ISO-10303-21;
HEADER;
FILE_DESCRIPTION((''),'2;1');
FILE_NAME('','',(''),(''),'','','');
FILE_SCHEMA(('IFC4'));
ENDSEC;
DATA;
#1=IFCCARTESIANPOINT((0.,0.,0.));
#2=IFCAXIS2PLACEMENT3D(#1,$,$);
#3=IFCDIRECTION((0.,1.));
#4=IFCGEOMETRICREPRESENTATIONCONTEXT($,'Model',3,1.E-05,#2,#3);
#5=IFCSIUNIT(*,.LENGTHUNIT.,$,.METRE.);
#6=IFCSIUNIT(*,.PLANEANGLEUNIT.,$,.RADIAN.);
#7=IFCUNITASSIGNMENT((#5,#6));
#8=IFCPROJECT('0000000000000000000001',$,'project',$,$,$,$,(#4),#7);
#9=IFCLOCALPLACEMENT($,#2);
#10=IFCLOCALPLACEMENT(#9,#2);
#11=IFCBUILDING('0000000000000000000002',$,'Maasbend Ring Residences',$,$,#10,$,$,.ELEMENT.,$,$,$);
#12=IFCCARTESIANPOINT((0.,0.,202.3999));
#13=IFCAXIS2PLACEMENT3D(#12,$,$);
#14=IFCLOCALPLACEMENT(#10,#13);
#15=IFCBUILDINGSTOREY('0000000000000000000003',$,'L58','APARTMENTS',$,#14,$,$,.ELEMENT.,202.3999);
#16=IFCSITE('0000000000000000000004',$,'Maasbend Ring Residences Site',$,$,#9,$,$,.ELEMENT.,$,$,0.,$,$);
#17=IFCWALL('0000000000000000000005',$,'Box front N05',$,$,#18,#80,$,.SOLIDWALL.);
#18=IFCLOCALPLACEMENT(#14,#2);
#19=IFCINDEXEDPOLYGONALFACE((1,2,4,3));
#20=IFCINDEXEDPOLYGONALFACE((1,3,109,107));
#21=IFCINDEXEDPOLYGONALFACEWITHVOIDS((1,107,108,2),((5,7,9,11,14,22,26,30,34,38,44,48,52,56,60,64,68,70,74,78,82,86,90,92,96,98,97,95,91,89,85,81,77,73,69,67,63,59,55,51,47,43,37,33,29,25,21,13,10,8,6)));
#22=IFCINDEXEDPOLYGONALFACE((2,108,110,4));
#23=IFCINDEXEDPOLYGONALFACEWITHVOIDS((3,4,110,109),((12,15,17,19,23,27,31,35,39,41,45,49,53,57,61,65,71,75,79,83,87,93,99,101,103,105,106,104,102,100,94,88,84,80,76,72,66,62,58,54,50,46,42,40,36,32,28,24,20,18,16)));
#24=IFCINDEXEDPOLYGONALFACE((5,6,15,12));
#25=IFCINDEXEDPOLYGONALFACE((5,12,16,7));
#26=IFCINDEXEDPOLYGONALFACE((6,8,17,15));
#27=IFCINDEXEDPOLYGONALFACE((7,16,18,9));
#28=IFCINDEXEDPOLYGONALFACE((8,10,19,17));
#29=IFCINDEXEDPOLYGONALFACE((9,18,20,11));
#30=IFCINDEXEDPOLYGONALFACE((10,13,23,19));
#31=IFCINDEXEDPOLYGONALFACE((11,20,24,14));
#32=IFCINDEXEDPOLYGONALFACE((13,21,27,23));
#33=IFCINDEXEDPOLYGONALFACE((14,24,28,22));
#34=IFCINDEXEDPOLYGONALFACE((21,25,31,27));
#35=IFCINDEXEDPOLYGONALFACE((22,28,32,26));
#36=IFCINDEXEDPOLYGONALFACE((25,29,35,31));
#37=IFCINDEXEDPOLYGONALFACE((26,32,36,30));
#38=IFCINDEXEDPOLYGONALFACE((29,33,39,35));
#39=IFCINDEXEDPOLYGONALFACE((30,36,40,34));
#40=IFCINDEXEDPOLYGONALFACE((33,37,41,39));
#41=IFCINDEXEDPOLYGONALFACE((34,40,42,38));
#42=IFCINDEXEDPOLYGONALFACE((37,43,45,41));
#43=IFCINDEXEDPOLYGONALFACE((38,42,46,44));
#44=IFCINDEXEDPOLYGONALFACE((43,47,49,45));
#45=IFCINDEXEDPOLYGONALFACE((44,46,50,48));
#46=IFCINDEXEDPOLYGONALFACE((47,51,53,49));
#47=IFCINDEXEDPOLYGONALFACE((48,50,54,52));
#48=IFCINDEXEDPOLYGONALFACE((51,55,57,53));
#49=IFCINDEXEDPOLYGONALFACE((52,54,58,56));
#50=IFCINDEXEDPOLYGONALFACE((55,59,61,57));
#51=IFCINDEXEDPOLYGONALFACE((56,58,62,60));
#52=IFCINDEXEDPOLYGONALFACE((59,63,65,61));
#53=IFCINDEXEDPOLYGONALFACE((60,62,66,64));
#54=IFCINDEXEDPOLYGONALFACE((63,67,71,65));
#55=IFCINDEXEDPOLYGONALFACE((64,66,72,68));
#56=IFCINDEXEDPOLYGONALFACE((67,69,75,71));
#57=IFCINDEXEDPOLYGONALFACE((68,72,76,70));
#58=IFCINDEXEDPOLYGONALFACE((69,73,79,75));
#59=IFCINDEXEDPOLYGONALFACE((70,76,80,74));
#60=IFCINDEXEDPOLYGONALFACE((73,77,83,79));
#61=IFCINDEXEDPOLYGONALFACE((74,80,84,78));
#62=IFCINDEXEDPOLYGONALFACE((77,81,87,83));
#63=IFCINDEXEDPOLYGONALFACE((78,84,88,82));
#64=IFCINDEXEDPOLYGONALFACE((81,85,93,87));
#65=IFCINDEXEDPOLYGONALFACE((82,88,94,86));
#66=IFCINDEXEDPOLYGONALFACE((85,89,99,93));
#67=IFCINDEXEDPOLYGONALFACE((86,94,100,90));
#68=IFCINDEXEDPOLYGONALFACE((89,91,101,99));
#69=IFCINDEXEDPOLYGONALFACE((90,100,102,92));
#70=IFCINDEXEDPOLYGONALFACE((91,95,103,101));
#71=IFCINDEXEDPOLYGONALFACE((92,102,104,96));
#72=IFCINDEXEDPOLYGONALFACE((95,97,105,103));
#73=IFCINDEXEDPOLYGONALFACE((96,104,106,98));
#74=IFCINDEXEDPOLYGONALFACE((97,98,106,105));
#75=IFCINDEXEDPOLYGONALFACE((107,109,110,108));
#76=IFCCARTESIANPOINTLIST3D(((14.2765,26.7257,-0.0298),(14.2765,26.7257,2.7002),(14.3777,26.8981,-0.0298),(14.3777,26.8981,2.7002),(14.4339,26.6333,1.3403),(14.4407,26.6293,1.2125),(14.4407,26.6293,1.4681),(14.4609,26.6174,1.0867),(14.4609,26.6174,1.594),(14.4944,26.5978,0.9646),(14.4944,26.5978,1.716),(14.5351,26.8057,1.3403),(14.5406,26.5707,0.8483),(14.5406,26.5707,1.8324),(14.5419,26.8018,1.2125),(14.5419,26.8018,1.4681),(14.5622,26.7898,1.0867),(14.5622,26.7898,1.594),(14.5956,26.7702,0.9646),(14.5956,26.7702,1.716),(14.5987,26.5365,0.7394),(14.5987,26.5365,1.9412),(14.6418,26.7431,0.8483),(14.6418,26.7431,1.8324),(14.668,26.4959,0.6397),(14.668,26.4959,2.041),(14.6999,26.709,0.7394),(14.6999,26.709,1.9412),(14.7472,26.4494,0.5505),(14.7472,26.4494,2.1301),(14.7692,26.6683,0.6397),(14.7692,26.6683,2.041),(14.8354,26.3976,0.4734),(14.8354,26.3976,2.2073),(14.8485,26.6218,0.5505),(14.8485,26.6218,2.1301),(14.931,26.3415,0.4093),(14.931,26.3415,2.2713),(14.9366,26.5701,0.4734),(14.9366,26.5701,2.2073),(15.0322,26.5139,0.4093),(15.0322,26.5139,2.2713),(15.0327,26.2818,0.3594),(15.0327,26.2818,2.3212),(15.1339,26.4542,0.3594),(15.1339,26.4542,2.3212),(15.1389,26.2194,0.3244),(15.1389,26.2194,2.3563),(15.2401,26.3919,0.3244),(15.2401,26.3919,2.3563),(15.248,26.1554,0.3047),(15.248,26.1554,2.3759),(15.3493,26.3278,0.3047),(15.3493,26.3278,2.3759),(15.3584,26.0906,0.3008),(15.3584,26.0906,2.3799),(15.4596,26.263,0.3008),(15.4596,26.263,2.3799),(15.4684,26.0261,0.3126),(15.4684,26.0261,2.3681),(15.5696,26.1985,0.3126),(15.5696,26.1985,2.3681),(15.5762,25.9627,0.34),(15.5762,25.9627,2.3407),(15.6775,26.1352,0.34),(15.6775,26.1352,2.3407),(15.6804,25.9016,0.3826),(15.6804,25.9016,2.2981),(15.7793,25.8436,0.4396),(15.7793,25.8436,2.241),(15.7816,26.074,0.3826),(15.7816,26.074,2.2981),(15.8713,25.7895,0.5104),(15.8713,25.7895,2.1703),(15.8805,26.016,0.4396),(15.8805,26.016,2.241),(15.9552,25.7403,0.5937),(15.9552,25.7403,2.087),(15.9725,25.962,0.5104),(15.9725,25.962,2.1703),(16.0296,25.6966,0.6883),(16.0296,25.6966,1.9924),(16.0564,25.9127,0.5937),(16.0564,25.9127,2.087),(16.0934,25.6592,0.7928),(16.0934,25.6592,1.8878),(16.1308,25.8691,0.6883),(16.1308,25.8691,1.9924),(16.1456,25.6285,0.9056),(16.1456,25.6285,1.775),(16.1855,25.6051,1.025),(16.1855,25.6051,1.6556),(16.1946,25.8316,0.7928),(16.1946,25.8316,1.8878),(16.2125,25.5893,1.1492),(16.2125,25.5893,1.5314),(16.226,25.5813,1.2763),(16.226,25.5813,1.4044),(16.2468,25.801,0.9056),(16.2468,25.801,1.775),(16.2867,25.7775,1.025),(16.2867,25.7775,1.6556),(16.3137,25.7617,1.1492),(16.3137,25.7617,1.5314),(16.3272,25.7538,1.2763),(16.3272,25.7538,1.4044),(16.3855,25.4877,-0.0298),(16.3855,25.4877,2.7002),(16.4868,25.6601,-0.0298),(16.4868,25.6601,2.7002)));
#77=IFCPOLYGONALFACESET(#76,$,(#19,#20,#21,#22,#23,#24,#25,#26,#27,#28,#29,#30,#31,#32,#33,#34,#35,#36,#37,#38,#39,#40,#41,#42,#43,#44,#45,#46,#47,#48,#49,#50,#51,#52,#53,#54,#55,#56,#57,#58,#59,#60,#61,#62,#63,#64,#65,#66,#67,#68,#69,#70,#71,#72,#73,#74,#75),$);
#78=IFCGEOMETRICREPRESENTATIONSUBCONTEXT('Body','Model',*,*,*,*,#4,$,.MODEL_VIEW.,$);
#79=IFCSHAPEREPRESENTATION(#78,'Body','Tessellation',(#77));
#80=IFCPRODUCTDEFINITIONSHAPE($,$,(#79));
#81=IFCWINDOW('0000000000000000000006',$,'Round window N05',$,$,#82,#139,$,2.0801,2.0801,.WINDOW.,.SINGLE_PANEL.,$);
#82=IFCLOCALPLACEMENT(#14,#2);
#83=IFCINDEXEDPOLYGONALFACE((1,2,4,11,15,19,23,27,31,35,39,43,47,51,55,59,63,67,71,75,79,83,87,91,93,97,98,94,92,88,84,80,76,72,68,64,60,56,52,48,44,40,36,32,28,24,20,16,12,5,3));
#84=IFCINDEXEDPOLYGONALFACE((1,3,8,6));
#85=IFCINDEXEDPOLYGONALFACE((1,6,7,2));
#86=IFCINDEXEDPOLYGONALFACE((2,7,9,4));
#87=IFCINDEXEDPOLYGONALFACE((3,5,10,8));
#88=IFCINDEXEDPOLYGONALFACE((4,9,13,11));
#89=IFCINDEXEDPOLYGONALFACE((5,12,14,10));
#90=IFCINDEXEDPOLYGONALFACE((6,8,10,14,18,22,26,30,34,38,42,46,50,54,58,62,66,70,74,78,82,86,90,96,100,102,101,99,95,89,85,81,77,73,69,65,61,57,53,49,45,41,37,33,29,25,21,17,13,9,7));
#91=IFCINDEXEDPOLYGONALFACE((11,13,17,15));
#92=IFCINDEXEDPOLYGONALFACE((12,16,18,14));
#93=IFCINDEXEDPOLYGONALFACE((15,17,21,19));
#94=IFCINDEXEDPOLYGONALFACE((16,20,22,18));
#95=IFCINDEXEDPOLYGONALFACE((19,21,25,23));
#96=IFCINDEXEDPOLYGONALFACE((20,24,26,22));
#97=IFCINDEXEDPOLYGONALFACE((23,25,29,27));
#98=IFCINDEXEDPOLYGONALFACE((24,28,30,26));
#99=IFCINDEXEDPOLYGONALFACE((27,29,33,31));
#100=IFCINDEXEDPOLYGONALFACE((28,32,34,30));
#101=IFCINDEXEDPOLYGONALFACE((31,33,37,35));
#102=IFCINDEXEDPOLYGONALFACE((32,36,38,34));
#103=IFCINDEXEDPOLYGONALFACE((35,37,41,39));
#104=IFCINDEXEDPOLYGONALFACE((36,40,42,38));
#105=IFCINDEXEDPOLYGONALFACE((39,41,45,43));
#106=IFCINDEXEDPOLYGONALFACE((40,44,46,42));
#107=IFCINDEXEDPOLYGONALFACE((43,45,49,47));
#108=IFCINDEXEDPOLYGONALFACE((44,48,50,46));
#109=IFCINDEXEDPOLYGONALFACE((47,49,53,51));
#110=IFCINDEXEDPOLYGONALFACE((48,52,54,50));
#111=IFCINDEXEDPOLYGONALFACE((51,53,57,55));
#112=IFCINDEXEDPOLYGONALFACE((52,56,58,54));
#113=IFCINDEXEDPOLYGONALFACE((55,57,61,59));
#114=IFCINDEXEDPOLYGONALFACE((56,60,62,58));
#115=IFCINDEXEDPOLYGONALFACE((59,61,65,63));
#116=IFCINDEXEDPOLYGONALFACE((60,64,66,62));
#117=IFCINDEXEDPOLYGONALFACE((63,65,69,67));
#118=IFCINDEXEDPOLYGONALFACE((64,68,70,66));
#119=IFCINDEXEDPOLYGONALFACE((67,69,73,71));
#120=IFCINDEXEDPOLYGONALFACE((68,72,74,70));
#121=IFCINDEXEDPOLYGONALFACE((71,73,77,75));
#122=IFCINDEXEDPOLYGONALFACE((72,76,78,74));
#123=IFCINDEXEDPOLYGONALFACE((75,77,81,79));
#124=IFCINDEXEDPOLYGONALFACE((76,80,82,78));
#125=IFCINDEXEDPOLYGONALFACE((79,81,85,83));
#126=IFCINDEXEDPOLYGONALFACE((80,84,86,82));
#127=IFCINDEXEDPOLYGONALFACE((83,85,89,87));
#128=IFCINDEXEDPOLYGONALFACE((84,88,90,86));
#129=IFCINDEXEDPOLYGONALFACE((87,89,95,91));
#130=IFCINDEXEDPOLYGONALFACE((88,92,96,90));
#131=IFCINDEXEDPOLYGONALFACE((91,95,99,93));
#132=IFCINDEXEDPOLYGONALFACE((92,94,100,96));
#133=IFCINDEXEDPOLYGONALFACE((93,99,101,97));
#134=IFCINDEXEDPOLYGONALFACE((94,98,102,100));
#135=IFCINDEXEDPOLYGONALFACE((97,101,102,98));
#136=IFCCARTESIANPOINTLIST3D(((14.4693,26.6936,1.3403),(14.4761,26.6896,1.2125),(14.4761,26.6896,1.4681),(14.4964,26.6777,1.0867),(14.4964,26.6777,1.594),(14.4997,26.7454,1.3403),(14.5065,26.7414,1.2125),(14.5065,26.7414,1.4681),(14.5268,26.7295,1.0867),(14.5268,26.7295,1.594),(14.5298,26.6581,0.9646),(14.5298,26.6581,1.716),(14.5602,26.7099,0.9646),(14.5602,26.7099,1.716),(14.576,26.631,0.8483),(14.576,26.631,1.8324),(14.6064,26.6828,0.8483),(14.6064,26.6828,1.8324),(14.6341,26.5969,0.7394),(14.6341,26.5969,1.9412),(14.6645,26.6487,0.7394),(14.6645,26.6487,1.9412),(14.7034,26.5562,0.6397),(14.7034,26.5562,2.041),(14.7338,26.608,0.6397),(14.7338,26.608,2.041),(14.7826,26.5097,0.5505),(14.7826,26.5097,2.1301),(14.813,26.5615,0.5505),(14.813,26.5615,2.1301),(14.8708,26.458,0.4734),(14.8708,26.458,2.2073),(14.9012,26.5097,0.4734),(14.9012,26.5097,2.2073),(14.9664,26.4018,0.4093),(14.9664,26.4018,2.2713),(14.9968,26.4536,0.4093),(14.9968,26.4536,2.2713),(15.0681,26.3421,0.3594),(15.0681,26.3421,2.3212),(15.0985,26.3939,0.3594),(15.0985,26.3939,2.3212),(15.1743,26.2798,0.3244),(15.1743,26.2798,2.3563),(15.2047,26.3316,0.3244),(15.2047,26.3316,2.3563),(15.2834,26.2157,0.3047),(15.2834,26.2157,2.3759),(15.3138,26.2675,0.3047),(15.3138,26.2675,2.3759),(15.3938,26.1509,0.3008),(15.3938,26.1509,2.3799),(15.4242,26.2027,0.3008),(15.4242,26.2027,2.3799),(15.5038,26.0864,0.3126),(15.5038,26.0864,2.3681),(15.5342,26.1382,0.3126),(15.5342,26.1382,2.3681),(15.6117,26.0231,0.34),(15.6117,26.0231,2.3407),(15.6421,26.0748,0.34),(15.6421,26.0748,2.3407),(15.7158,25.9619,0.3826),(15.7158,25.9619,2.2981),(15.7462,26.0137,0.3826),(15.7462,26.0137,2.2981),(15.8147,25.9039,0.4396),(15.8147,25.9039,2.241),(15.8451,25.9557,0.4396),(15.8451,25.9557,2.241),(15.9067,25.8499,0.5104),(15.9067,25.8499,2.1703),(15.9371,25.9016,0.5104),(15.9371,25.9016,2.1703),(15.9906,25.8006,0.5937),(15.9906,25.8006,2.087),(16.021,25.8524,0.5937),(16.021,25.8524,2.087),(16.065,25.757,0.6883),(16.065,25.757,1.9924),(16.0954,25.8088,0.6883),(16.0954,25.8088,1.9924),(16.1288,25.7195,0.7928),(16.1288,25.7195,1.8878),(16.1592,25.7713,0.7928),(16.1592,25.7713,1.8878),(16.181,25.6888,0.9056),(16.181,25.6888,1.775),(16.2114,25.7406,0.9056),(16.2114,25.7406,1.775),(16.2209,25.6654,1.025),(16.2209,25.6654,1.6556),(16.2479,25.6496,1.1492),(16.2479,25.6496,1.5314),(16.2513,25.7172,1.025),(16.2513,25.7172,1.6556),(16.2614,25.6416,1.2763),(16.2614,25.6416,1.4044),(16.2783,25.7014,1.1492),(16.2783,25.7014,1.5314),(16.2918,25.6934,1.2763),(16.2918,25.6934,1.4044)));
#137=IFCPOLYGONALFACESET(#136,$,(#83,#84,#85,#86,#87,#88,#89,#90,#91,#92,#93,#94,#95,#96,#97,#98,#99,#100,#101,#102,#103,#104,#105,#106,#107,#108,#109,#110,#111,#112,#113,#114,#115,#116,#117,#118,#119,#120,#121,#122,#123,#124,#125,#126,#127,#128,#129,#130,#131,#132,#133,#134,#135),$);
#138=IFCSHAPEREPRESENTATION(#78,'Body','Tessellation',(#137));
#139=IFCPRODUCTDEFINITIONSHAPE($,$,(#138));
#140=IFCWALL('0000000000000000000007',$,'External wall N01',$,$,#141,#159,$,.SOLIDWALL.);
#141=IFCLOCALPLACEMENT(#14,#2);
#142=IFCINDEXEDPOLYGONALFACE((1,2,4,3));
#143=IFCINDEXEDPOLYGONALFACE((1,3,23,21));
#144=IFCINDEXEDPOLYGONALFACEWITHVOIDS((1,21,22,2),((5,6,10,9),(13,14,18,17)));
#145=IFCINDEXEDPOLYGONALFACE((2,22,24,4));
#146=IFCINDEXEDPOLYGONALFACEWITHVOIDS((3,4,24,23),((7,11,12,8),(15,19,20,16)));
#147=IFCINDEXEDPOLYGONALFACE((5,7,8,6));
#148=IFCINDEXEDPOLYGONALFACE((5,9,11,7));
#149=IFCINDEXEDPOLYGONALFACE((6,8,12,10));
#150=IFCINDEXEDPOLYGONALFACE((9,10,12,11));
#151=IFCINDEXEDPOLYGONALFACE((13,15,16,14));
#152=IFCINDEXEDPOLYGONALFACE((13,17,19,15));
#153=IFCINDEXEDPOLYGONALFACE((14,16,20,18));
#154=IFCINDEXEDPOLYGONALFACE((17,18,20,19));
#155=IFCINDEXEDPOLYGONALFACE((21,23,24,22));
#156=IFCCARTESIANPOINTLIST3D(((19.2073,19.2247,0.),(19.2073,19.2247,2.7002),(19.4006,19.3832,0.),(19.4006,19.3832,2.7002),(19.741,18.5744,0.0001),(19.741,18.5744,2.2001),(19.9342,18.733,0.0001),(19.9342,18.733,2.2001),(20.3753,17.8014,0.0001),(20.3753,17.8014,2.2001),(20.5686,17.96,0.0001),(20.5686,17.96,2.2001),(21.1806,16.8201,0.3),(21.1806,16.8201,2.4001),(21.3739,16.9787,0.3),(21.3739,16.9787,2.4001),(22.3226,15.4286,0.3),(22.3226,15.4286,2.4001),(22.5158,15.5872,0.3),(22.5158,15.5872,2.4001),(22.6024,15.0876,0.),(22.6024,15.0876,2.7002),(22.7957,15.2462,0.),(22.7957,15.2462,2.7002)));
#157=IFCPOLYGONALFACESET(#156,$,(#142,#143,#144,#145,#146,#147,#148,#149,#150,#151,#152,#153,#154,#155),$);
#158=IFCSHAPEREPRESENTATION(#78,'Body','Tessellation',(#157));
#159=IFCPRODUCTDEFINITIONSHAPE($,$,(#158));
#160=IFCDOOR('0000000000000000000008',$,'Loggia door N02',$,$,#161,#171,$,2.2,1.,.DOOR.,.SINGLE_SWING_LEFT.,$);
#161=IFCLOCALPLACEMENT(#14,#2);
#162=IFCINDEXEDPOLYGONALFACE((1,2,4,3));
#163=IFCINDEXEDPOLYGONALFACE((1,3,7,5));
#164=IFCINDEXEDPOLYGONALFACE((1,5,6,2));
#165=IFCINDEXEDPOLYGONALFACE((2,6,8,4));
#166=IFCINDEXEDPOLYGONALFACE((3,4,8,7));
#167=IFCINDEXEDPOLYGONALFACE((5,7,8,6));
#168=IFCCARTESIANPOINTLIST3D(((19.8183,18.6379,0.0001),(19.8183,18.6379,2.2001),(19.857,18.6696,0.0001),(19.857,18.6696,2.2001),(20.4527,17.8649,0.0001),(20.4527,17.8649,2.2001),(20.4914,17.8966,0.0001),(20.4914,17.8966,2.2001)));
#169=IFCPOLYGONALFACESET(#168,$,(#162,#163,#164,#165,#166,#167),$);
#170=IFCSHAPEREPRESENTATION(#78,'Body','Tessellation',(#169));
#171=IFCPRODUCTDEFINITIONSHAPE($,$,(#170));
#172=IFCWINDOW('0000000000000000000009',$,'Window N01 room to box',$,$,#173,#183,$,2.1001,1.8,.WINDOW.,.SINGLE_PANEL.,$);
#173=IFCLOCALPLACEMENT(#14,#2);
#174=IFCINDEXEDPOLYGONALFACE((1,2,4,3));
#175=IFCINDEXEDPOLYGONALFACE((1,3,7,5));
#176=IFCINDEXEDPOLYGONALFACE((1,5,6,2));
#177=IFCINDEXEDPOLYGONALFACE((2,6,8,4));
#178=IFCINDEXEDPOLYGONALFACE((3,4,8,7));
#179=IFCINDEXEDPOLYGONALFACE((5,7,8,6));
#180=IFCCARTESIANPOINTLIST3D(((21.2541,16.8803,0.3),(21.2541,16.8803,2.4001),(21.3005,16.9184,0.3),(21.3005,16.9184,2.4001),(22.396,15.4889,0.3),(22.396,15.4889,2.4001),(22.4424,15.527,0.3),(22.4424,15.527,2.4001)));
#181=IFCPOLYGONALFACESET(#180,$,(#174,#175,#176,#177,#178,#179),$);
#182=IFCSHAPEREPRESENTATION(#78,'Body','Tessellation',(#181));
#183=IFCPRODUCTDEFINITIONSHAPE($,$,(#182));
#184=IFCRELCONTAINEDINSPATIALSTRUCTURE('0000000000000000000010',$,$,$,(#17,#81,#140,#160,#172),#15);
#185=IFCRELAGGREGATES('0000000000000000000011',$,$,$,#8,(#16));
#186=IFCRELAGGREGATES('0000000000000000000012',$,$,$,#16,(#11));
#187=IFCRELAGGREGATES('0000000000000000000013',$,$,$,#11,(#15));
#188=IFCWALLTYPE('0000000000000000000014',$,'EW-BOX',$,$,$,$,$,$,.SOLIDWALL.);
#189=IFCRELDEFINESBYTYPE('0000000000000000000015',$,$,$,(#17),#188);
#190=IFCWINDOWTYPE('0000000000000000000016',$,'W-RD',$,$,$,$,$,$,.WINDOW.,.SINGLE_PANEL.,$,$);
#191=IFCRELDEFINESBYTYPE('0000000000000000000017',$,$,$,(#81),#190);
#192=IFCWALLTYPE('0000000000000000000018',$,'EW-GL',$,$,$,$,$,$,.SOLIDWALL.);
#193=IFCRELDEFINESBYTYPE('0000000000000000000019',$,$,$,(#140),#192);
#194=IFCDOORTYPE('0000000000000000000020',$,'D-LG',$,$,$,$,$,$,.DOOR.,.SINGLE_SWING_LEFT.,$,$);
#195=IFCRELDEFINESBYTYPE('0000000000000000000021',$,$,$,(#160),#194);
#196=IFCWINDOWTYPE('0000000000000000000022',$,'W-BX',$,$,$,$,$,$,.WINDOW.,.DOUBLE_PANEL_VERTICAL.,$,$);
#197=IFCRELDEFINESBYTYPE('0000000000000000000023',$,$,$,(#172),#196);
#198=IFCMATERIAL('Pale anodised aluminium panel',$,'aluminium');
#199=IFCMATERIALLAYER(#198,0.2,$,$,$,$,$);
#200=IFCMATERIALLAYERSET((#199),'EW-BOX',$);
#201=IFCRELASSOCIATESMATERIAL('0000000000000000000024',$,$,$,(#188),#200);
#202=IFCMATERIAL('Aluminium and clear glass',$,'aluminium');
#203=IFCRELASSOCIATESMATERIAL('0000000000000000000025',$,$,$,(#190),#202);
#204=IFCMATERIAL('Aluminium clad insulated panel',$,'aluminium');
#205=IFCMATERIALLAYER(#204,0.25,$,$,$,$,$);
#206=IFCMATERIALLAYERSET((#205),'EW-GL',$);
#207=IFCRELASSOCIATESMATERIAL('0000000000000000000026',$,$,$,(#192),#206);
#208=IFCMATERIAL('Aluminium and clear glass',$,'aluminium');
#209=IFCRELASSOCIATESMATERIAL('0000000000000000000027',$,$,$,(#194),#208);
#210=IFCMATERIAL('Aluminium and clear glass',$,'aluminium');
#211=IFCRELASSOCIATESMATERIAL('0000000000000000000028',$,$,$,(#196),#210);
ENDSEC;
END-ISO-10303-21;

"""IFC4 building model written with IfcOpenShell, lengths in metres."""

from ifc_helpers import new_model, si_unit, direction, frame, frame_2d, origin, place, context, subcontext, project, spatial, rectangle, circle, extrude, material, layer, layer_set, type_object, element, fill, save


model = new_model("IFC4")

# Units and contexts
model_context = context("Model", 3, precision=1e-05, world=origin(), true_north=direction((0.0, 1.0)))
body_context = subcontext(model_context, "Body", "Model", "MODEL_VIEW")
ifc_project = project(units=[si_unit("LENGTHUNIT", "METRE"), si_unit("PLANEANGLEUNIT", "RADIAN")], contexts=[model_context])

# Site, building, storey
site_placement = place(None, origin())
site = spatial("IfcSite", under=ifc_project, at=site_placement, Name="Maasbend Ring Residences Site", CompositionType="ELEMENT", RefElevation=0.0)
building_placement = place(site_placement, origin())
building = spatial("IfcBuilding", under=site, at=building_placement, Name="Maasbend Ring Residences", CompositionType="ELEMENT")
storey_placement = place(building_placement, frame((0.0, 0.0, 202.3999)))
storey = spatial("IfcBuildingStorey", under=building, at=storey_placement, Name="L58", Description="APARTMENTS", CompositionType="ELEMENT", Elevation=202.3999)

# Shared definitions
ifc_material_1 = material(Name="Pale anodised aluminium panel", Category="aluminium")
ifc_layer_1 = layer(ifc_material_1, 0.2)
ifc_layer_set_1 = layer_set([ifc_layer_1], Name="EW-BOX")
wall_type_1 = type_object("IfcWallType", Name="EW-BOX", PredefinedType="SOLIDWALL", material=ifc_layer_set_1)
ifc_material_2 = material(Name="Aluminium and clear glass", Category="aluminium")
window_type_1 = type_object("IfcWindowType", Name="W-RD", PartitioningType="SINGLE_PANEL", PredefinedType="WINDOW", material=ifc_material_2)

# Wall, opening, window
wall_1_placement = place(storey_placement, frame((16.436, 25.574, -0.0298), z_axis=(0.0, 0.0, 1.0), x_axis=(-0.862403, 0.506222, 0.0)))
wall_1 = element("IfcWall", 1, at=wall_1_placement, inside=storey, type_object=wall_type_1, Name="Box front N05", PredefinedType="SOLIDWALL", context=body_context, shape_type="SweptSolid", body=[
    extrude(rectangle(XDim=2.4456, YDim=0.2, at=frame_2d((1.2227, 0.0))), origin(), (0.0, 0.0, 1.0), 2.73),
])
opening_1_placement = place(wall_1_placement, frame((0.1829, 0.0, 0.3301)))
opening_1 = element("IfcOpeningElement", 2, at=opening_1_placement, cuts=wall_1, PredefinedType="OPENING", context=body_context, shape_type="SweptSolid", body=[
    extrude(circle(Radius=1.04, at=frame_2d((1.04, 1.04))), frame((0.0, 0.1099, 0.0), z_axis=(0.0, -1.0, 0.0), x_axis=(1.0, 0.0, 0.0)), (0.0, 0.0, 1.0), 0.22),
])
window_1_placement = place(opening_1_placement, origin())
window_1 = element("IfcWindow", 3, at=window_1_placement, inside=storey, type_object=window_type_1, Name="Round window N05", OverallHeight=2.0801, OverallWidth=2.0801, PartitioningType="SINGLE_PANEL", PredefinedType="WINDOW", context=body_context, shape_type="SweptSolid", body=[
    extrude(circle(Radius=1.04, at=frame_2d((1.04, 1.04))), frame((0.0, 0.03, 0.0), z_axis=(0.0, -1.0, 0.0), x_axis=(1.0, 0.0, 0.0)), (0.0, 0.0, 1.0), 0.0601),
])
fill(opening_1, window_1)

# Wall, openings, door, window
ifc_material_3 = material(Name="Aluminium clad insulated panel", Category="aluminium")
ifc_layer_2 = layer(ifc_material_3, 0.25)
ifc_layer_set_2 = layer_set([ifc_layer_2], Name="EW-GL")
wall_type_2 = type_object("IfcWallType", Name="EW-GL", PredefinedType="SOLIDWALL", material=ifc_layer_set_2)
wall_2_placement = place(storey_placement, frame((22.699, 15.167, 0.0), z_axis=(0.0, 0.0, 1.0), x_axis=(-0.634382, 0.773019, 0.0)))
wall_2 = element("IfcWall", 4, at=wall_2_placement, inside=storey, type_object=wall_type_2, Name="External wall N01", PredefinedType="SOLIDWALL", context=body_context, shape_type="SweptSolid", body=[
    extrude(rectangle(XDim=5.3518, YDim=0.25, at=frame_2d((2.6758, 0.0))), origin(), (0.0, 0.0, 1.0), 2.7002),
])
opening_2_placement = place(wall_2_placement, frame((0.4412, 0.0, 0.3)))
opening_2 = element("IfcOpeningElement", 5, at=opening_2_placement, cuts=wall_2, PredefinedType="OPENING", context=body_context, shape_type="SweptSolid", body=[
    extrude(rectangle(XDim=1.8, YDim=2.1001, at=frame_2d((0.8999, 1.05))), frame((0.0, 0.135, 0.0), z_axis=(0.0, -1.0, 0.0), x_axis=(1.0, 0.0, 0.0)), (0.0, 0.0, 1.0), 0.27),
])
opening_3_placement = place(wall_2_placement, frame((3.5105, 0.0, 0.0)))
opening_3 = element("IfcOpeningElement", 6, at=opening_3_placement, cuts=wall_2, PredefinedType="OPENING", context=body_context, shape_type="SweptSolid", body=[
    extrude(rectangle(XDim=1.0, YDim=2.2, at=frame_2d((0.5, 1.1001))), frame((0.0, 0.135, 0.0), z_axis=(0.0, -1.0, 0.0), x_axis=(1.0, 0.0, 0.0)), (0.0, 0.0, 1.0), 0.27),
])
ifc_material_4 = material(Name="Aluminium and clear glass", Category="aluminium")
door_type_1 = type_object("IfcDoorType", Name="D-LG", OperationType="SINGLE_SWING_LEFT", PredefinedType="DOOR", material=ifc_material_4)
door_1_placement = place(opening_3_placement, origin())
door_1 = element("IfcDoor", 7, at=door_1_placement, inside=storey, type_object=door_type_1, Name="Loggia door N02", OperationType="SINGLE_SWING_LEFT", OverallHeight=2.2, OverallWidth=1.0, PredefinedType="DOOR", context=body_context, shape_type="SweptSolid", body=[
    extrude(rectangle(XDim=1.0, YDim=2.2, at=frame_2d((0.5, 1.1001))), frame((0.0, 0.0249, 0.0), z_axis=(0.0, -1.0, 0.0), x_axis=(1.0, 0.0, 0.0)), (0.0, 0.0, 1.0), 0.05),
])
fill(opening_3, door_1)
ifc_material_5 = material(Name="Aluminium and clear glass", Category="aluminium")
window_type_2 = type_object("IfcWindowType", Name="W-BX", PartitioningType="DOUBLE_PANEL_VERTICAL", PredefinedType="WINDOW", material=ifc_material_5)
window_2_placement = place(opening_2_placement, origin())
window_2 = element("IfcWindow", 8, at=window_2_placement, inside=storey, type_object=window_type_2, Name="Window N01 room to box", OverallHeight=2.1001, OverallWidth=1.8, PartitioningType="SINGLE_PANEL", PredefinedType="WINDOW", context=body_context, shape_type="SweptSolid", body=[
    extrude(rectangle(XDim=1.8, YDim=2.1001, at=frame_2d((0.8999, 1.05))), frame((0.0, 0.03, 0.0), z_axis=(0.0, -1.0, 0.0), x_axis=(1.0, 0.0, 0.0)), (0.0, 0.0, 1.0), 0.0601),
])
fill(opening_2, window_2)

save(model, "model.ifc")
